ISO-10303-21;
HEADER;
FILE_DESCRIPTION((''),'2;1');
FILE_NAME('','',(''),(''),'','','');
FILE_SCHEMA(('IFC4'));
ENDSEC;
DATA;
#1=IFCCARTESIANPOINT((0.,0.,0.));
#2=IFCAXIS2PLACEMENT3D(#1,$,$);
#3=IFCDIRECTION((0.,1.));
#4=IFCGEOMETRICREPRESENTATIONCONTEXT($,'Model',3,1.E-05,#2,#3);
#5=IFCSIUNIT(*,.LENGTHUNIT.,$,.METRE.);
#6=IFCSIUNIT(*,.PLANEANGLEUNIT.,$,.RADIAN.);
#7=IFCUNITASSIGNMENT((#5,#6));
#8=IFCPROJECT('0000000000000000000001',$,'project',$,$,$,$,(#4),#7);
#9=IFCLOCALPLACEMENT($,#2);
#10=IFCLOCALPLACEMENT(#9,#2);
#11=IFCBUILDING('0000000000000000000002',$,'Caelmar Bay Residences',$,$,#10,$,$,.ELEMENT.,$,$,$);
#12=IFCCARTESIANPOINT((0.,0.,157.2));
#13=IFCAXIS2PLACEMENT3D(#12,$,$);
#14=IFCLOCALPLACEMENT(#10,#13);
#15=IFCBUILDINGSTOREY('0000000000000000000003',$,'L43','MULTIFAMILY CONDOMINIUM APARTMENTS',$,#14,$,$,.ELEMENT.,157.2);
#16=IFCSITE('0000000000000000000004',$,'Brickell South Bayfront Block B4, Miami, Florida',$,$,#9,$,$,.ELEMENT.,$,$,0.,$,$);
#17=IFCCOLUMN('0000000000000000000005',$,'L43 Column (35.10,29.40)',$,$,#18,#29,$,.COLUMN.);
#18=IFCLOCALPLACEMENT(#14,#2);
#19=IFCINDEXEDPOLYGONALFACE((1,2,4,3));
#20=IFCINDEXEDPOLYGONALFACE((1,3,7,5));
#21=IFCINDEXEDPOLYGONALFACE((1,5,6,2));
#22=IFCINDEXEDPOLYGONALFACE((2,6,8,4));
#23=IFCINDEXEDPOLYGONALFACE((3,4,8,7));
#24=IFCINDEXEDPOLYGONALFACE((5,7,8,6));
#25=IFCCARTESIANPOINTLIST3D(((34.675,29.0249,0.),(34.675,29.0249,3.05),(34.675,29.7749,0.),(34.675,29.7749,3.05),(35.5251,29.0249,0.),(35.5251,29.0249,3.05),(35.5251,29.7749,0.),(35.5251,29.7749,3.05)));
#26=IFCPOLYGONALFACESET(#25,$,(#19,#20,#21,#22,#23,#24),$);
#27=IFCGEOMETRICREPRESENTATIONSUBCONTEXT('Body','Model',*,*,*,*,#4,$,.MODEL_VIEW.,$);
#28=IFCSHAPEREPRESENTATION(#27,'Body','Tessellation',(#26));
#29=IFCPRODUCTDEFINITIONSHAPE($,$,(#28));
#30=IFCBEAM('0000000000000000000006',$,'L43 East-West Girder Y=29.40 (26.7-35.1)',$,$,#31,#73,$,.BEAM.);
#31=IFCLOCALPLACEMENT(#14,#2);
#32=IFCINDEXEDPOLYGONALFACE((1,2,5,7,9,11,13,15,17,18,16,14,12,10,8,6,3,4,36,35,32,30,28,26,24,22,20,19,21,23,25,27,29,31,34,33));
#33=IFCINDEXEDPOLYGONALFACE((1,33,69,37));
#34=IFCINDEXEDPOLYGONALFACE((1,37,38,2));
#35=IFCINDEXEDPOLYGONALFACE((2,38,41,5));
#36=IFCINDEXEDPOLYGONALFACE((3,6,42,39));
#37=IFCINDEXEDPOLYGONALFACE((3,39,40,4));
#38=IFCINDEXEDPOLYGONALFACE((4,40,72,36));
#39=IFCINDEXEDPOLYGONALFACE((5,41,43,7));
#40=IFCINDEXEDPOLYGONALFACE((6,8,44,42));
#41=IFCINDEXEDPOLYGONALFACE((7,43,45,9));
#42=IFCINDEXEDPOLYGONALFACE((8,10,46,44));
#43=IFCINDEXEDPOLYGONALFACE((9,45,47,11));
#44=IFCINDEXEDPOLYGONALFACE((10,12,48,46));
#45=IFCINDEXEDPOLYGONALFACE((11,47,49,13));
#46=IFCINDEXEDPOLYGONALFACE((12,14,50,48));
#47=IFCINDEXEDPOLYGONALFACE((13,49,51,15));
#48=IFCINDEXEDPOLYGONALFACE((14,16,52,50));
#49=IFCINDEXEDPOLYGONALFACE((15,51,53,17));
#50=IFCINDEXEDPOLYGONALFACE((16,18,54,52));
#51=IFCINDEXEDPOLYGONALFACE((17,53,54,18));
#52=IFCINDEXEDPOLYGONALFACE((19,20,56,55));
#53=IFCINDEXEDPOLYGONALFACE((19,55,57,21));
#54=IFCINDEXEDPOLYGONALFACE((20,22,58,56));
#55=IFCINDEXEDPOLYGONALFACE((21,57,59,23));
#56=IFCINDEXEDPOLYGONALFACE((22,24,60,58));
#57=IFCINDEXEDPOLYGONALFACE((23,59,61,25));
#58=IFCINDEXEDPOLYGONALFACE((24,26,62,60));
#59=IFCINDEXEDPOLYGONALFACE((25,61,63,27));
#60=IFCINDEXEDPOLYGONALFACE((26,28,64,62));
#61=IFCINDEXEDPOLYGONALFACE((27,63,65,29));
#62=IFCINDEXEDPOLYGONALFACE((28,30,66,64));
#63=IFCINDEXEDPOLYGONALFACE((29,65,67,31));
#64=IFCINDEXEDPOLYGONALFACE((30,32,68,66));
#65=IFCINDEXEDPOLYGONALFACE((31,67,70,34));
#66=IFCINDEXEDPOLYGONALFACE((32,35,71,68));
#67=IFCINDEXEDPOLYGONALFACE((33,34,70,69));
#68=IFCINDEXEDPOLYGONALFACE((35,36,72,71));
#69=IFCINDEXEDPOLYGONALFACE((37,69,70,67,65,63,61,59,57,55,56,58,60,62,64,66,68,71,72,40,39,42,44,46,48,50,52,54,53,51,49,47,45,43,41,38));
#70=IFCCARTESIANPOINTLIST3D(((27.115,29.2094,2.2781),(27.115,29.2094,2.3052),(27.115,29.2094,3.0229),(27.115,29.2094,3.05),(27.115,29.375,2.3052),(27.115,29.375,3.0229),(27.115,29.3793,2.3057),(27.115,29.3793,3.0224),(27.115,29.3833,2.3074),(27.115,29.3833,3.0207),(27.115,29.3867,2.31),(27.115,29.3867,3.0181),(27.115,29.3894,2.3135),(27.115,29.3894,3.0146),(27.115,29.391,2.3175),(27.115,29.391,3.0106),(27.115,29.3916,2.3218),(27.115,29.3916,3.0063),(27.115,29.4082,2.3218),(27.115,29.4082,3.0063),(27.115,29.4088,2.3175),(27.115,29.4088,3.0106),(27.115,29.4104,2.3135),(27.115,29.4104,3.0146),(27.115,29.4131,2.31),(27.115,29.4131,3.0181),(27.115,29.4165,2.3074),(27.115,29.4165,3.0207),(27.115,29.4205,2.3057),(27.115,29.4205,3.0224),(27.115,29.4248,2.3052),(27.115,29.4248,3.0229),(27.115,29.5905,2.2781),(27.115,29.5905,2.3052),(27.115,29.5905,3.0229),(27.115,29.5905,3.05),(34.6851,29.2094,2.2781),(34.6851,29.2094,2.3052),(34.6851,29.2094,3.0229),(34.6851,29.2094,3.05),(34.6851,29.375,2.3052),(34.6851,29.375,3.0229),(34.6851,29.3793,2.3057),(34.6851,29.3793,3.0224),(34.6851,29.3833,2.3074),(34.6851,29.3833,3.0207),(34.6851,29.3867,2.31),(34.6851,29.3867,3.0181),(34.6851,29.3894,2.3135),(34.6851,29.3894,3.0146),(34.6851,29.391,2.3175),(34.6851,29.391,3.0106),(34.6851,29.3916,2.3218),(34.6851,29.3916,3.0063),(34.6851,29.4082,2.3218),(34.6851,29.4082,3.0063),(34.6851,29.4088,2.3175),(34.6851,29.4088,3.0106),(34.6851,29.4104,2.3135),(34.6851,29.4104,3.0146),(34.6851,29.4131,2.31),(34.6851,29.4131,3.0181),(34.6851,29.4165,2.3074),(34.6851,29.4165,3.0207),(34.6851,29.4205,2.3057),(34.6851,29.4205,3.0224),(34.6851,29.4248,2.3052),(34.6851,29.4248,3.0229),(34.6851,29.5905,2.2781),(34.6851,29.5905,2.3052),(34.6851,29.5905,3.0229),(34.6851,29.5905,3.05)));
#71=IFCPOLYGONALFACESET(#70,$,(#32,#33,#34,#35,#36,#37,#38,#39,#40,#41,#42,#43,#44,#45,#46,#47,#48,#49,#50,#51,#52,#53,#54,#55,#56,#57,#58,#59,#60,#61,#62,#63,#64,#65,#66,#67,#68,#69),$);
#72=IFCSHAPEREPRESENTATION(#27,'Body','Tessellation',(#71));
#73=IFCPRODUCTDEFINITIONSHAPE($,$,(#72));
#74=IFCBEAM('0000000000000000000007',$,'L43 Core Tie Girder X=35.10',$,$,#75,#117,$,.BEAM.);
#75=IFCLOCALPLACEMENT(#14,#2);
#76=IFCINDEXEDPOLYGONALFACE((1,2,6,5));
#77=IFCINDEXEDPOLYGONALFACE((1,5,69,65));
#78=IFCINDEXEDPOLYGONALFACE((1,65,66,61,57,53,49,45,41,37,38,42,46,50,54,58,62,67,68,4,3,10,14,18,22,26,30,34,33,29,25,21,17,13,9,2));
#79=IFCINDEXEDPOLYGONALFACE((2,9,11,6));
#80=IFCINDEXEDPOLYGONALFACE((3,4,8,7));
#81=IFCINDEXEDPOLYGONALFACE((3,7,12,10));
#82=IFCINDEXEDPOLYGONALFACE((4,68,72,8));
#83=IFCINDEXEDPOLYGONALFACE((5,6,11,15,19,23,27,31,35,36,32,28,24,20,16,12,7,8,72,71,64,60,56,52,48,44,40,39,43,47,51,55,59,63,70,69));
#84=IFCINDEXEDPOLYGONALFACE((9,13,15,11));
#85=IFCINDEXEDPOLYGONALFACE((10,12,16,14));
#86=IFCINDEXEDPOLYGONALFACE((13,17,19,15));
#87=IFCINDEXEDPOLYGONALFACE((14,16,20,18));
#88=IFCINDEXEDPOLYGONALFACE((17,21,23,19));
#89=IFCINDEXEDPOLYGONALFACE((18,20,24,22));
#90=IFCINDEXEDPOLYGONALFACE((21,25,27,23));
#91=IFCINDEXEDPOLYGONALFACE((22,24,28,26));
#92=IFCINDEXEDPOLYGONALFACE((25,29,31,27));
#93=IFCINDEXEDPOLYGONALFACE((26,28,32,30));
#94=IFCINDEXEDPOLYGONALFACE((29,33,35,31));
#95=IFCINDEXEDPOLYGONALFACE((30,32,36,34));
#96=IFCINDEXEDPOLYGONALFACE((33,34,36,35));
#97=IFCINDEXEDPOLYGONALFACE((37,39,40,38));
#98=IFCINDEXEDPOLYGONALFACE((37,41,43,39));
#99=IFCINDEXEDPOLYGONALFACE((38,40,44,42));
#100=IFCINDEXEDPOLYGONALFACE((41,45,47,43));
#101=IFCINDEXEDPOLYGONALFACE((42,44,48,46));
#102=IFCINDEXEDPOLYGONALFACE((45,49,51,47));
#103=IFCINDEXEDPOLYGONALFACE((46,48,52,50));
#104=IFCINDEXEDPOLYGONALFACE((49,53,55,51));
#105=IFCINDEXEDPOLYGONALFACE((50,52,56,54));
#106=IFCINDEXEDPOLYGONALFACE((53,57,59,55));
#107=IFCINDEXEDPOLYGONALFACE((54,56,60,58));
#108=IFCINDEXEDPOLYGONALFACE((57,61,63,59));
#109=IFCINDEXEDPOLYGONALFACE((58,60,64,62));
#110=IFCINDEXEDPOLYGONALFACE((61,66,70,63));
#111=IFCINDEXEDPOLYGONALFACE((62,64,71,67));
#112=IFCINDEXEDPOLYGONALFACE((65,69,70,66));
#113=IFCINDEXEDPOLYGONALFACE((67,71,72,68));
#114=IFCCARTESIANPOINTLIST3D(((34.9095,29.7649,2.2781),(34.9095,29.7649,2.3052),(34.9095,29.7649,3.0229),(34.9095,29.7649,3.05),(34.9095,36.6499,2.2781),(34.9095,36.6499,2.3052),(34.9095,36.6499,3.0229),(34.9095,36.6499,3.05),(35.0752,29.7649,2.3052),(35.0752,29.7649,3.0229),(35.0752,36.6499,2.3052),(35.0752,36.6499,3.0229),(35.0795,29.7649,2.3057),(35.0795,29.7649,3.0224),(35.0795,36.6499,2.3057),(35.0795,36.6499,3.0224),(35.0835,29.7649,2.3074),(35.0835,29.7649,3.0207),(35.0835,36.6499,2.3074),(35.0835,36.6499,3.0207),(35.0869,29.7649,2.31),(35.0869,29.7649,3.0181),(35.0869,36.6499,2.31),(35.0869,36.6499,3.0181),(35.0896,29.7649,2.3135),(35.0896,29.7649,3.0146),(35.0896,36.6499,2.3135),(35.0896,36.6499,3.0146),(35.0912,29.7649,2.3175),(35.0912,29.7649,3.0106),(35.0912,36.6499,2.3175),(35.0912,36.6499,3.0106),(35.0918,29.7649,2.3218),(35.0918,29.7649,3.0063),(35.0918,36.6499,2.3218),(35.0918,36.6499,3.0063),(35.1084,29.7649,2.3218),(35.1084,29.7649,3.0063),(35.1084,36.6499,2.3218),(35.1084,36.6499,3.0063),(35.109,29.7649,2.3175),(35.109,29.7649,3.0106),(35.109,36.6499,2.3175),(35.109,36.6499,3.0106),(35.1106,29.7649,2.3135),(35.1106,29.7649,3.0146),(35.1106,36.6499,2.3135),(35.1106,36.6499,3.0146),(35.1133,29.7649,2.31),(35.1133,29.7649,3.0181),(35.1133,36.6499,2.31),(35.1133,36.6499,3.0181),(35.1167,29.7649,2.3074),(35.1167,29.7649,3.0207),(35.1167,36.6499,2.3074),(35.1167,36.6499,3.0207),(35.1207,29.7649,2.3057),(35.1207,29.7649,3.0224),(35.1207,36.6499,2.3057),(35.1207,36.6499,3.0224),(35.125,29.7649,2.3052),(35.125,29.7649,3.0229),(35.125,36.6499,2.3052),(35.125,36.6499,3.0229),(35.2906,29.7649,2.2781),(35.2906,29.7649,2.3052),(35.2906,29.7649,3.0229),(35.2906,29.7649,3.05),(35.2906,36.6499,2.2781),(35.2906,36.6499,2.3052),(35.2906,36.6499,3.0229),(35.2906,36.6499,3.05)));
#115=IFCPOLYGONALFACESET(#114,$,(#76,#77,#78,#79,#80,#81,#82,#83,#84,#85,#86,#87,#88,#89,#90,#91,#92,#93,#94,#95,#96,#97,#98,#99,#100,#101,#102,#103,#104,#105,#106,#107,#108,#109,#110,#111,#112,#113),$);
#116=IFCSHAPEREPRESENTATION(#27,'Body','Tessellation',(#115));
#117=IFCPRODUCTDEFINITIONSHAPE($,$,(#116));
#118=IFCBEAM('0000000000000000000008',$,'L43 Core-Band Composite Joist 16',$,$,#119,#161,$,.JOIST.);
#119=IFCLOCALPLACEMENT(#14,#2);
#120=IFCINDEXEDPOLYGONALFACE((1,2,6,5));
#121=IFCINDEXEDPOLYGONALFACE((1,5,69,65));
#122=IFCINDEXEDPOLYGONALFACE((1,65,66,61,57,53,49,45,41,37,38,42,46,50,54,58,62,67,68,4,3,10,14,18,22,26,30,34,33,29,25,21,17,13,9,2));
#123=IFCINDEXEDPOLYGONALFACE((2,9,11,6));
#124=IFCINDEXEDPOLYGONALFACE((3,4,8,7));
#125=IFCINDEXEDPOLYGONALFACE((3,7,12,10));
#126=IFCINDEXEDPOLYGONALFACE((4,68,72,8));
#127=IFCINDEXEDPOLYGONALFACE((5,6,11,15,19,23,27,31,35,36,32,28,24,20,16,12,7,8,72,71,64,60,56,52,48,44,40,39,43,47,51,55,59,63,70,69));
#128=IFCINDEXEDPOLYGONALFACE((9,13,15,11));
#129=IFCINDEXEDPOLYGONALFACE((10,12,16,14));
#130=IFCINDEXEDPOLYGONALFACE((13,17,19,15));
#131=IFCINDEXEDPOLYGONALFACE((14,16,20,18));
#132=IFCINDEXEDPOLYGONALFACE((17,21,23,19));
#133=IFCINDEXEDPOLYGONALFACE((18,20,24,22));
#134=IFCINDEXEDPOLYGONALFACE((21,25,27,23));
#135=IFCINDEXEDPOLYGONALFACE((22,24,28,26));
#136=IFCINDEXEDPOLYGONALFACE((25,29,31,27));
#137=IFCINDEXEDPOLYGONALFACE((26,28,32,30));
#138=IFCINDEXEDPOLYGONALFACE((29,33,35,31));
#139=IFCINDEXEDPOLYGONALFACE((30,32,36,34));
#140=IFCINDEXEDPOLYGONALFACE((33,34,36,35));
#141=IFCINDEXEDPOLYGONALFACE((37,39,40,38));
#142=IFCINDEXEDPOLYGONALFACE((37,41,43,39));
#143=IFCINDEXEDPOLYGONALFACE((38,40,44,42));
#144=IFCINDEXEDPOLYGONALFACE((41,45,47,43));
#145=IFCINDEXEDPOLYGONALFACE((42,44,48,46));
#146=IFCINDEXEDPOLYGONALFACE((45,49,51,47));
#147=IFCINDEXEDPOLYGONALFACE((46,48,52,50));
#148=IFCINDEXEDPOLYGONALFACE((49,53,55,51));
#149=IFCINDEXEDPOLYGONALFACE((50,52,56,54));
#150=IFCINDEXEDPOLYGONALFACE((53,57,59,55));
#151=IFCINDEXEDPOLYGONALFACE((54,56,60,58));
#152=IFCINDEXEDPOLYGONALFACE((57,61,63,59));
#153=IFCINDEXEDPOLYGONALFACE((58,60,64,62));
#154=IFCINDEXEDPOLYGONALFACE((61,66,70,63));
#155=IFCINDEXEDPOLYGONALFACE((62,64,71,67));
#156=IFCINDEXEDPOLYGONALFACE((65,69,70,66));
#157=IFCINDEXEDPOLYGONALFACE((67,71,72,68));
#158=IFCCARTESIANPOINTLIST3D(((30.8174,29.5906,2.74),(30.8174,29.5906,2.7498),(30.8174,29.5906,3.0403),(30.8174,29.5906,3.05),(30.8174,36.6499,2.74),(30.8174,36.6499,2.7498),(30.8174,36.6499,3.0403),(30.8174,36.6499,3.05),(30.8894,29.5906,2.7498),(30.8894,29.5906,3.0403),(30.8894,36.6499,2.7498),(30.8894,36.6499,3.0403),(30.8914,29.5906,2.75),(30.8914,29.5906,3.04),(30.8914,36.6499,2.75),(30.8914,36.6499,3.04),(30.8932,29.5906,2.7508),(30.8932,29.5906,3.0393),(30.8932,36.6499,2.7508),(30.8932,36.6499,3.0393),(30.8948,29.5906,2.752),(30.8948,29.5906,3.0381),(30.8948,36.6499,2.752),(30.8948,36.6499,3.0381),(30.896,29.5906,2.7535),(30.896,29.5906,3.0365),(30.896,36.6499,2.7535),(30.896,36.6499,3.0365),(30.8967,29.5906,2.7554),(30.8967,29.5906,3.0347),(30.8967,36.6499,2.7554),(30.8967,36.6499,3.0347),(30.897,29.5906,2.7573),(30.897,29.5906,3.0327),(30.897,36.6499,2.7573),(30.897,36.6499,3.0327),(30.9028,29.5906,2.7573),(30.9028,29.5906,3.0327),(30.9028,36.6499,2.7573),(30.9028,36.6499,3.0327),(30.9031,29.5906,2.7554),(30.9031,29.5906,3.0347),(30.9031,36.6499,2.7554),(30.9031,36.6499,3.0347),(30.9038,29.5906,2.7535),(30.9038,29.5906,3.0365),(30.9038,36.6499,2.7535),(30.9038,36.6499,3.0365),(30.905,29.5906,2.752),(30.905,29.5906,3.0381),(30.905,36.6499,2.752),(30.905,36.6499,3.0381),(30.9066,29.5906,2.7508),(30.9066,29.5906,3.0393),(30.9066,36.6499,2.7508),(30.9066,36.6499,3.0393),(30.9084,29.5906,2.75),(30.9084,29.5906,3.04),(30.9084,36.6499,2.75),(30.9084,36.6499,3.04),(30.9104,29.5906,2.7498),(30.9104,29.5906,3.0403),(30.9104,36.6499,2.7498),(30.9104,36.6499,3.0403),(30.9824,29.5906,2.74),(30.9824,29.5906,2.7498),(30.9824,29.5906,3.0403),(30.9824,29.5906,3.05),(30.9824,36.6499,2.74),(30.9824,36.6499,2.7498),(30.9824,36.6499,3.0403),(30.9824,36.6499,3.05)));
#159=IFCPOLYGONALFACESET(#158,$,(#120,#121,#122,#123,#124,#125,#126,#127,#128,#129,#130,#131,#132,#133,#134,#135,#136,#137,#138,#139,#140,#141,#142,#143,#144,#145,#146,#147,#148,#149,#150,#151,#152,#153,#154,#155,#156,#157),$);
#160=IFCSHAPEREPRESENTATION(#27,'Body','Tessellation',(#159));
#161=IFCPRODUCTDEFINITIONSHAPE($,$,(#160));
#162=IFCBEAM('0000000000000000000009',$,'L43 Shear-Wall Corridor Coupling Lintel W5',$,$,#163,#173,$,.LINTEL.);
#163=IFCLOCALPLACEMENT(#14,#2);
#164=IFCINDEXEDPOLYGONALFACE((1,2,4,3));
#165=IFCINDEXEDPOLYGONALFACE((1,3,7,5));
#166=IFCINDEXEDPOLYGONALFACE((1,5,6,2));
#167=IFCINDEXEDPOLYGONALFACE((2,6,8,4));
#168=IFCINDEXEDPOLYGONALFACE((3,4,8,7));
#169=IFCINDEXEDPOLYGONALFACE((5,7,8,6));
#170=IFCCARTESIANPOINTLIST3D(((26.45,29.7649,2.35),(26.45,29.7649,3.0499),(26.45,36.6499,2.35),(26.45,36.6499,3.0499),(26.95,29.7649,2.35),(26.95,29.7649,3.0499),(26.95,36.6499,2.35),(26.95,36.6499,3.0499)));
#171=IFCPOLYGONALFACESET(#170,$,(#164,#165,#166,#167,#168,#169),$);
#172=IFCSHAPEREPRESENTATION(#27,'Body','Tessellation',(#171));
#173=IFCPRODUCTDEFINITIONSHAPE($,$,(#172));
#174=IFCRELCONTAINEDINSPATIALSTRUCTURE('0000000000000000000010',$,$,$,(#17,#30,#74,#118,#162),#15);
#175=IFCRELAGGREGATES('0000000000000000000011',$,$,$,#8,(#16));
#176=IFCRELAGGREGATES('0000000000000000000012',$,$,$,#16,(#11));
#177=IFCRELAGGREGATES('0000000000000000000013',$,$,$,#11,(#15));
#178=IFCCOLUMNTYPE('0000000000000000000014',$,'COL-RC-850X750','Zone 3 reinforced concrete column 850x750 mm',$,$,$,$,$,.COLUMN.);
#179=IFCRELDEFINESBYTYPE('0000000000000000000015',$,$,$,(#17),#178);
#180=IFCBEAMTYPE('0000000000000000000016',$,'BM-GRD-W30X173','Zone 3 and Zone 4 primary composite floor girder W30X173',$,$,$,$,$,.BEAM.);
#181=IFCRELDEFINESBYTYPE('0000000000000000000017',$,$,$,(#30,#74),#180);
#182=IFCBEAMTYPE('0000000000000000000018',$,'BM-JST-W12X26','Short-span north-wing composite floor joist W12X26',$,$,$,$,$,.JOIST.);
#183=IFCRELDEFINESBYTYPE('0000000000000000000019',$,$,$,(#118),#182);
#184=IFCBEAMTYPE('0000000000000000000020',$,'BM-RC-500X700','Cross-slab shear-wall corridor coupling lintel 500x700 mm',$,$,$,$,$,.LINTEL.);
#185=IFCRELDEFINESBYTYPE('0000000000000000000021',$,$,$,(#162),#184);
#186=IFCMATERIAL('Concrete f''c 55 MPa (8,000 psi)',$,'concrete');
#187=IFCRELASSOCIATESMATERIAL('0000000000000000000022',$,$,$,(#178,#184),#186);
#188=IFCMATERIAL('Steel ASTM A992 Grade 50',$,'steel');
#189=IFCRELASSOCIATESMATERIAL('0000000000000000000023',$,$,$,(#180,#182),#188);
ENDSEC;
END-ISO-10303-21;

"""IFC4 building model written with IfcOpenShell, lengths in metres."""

from ifc_helpers import new_model, si_unit, direction, frame, origin, origin_2d, place, context, subcontext, project, spatial, rectangle, i_section, extrude, material, material_profile, profile_set, type_object, element, save


model = new_model("IFC4")

# Units and contexts
model_context = context("Model", 3, precision=1e-05, world=origin(), true_north=direction((0.0, 1.0)))
body_context = subcontext(model_context, "Body", "Model", "MODEL_VIEW")
ifc_project = project(units=[si_unit("LENGTHUNIT", "METRE"), si_unit("PLANEANGLEUNIT", "RADIAN")], contexts=[model_context])

# Site, building, storey
site_placement = place(None, origin())
site = spatial("IfcSite", under=ifc_project, at=site_placement, Name="Brickell South Bayfront Block B4, Miami, Florida", CompositionType="ELEMENT", RefElevation=0.0)
building_placement = place(site_placement, origin())
building = spatial("IfcBuilding", under=site, at=building_placement, Name="Caelmar Bay Residences", CompositionType="ELEMENT")
storey_placement = place(building_placement, frame((0.0, 0.0, 157.2)))
storey = spatial("IfcBuildingStorey", under=building, at=storey_placement, Name="L43", Description="MULTIFAMILY CONDOMINIUM APARTMENTS", CompositionType="ELEMENT", Elevation=157.2)

# Column
ifc_material_1 = material(Name="Concrete f'c 55 MPa (8,000 psi)", Category="concrete")
ifc_material_profile_1 = material_profile(ifc_material_1, rectangle(XDim=0.8501, YDim=0.75, at=origin_2d()), Name="RC-COL-850X750")
ifc_profile_set_1 = profile_set([ifc_material_profile_1], Name="Concrete f'c 55 MPa (8,000 psi)")
column_type = type_object("IfcColumnType", Name="COL-RC-850X750", Description="Zone 3 reinforced concrete column 850x750 mm", PredefinedType="COLUMN", material=ifc_profile_set_1)
column_placement = place(storey_placement, frame((35.1001, 29.3999, 0.0), z_axis=(0.0, 0.0, 1.0), x_axis=(1.0, 0.0, 0.0)))
element("IfcColumn", 1, at=column_placement, inside=storey, type_object=column_type, Name="L43 Column (35.10,29.40)", PredefinedType="COLUMN", context=body_context, shape_type="SweptSolid", body=[
    extrude(rectangle(XDim=0.8501, YDim=0.75, at=origin_2d()), origin(), (0.0, 0.0, 1.0), 3.05),
])

# Beams
ifc_material_2 = material(Name="Steel ASTM A992 Grade 50", Category="steel")
ifc_material_profile_2 = material_profile(ifc_material_2, i_section(OverallWidth=0.3811, OverallDepth=0.772, WebThickness=0.0166, FlangeThickness=0.0271, FilletRadius=0.0166, at=origin_2d()), Name="W30X173")
ifc_profile_set_2 = profile_set([ifc_material_profile_2], Name="Steel ASTM A992 Grade 50")
beam_type_1 = type_object("IfcBeamType", Name="BM-GRD-W30X173", Description="Zone 3 and Zone 4 primary composite floor girder W30X173", PredefinedType="BEAM", material=ifc_profile_set_2)
beam_1_placement = place(storey_placement, frame((27.115, 29.3999, 2.6641), z_axis=(1.0, 0.0, 0.0), x_axis=(0.0, 1.0, 0.0)))
element("IfcBeam", 2, at=beam_1_placement, inside=storey, type_object=beam_type_1, Name="L43 East-West Girder Y=29.40 (26.7-35.1)", PredefinedType="BEAM", context=body_context, shape_type="SweptSolid", body=[
    extrude(i_section(OverallWidth=0.3811, OverallDepth=0.772, WebThickness=0.0166, FlangeThickness=0.0271, FilletRadius=0.0166, at=origin_2d()), origin(), (0.0, 0.0, 1.0), 7.5701),
])
beam_2_placement = place(storey_placement, frame((35.1001, 29.7649, 2.6641), z_axis=(0.0, 1.0, 0.0), x_axis=(-1.0, 0.0, 0.0)))
element("IfcBeam", 3, at=beam_2_placement, inside=storey, type_object=beam_type_1, Name="L43 Core Tie Girder X=35.10", PredefinedType="BEAM", context=body_context, shape_type="SweptSolid", body=[
    extrude(i_section(OverallWidth=0.3811, OverallDepth=0.772, WebThickness=0.0166, FlangeThickness=0.0271, FilletRadius=0.0166, at=origin_2d()), origin(), (0.0, 0.0, 1.0), 6.885),
])
ifc_material_profile_3 = material_profile(ifc_material_2, i_section(OverallWidth=0.165, OverallDepth=0.3101, WebThickness=0.0059, FlangeThickness=0.0098, FilletRadius=0.0076, at=origin_2d()), Name="W12X26")
ifc_profile_set_3 = profile_set([ifc_material_profile_3], Name="Steel ASTM A992 Grade 50")
beam_type_2 = type_object("IfcBeamType", Name="BM-JST-W12X26", Description="Short-span north-wing composite floor joist W12X26", PredefinedType="JOIST", material=ifc_profile_set_3)
beam_3_placement = place(storey_placement, frame((30.8999, 29.5906, 2.895), z_axis=(0.0, 1.0, 0.0), x_axis=(-1.0, 0.0, 0.0)))
element("IfcBeam", 4, at=beam_3_placement, inside=storey, type_object=beam_type_2, Name="L43 Core-Band Composite Joist 16", PredefinedType="JOIST", context=body_context, shape_type="SweptSolid", body=[
    extrude(i_section(OverallWidth=0.165, OverallDepth=0.3101, WebThickness=0.0059, FlangeThickness=0.0098, FilletRadius=0.0076, at=origin_2d()), origin(), (0.0, 0.0, 1.0), 7.0593),
])
ifc_material_profile_4 = material_profile(ifc_material_1, rectangle(XDim=0.5, YDim=0.7, at=origin_2d()), Name="RC-BM-500X700")
ifc_profile_set_4 = profile_set([ifc_material_profile_4], Name="Concrete f'c 55 MPa (8,000 psi)")
beam_type_3 = type_object("IfcBeamType", Name="BM-RC-500X700", Description="Cross-slab shear-wall corridor coupling lintel 500x700 mm", PredefinedType="LINTEL", material=ifc_profile_set_4)
beam_4_placement = place(storey_placement, frame((26.7, 29.7649, 2.7), z_axis=(0.0, 1.0, 0.0), x_axis=(-1.0, 0.0, 0.0)))
element("IfcBeam", 5, at=beam_4_placement, inside=storey, type_object=beam_type_3, Name="L43 Shear-Wall Corridor Coupling Lintel W5", PredefinedType="LINTEL", context=body_context, shape_type="SweptSolid", body=[
    extrude(rectangle(XDim=0.5, YDim=0.7, at=origin_2d()), origin(), (0.0, 0.0, 1.0), 6.885),
])

save(model, "model.ifc")
